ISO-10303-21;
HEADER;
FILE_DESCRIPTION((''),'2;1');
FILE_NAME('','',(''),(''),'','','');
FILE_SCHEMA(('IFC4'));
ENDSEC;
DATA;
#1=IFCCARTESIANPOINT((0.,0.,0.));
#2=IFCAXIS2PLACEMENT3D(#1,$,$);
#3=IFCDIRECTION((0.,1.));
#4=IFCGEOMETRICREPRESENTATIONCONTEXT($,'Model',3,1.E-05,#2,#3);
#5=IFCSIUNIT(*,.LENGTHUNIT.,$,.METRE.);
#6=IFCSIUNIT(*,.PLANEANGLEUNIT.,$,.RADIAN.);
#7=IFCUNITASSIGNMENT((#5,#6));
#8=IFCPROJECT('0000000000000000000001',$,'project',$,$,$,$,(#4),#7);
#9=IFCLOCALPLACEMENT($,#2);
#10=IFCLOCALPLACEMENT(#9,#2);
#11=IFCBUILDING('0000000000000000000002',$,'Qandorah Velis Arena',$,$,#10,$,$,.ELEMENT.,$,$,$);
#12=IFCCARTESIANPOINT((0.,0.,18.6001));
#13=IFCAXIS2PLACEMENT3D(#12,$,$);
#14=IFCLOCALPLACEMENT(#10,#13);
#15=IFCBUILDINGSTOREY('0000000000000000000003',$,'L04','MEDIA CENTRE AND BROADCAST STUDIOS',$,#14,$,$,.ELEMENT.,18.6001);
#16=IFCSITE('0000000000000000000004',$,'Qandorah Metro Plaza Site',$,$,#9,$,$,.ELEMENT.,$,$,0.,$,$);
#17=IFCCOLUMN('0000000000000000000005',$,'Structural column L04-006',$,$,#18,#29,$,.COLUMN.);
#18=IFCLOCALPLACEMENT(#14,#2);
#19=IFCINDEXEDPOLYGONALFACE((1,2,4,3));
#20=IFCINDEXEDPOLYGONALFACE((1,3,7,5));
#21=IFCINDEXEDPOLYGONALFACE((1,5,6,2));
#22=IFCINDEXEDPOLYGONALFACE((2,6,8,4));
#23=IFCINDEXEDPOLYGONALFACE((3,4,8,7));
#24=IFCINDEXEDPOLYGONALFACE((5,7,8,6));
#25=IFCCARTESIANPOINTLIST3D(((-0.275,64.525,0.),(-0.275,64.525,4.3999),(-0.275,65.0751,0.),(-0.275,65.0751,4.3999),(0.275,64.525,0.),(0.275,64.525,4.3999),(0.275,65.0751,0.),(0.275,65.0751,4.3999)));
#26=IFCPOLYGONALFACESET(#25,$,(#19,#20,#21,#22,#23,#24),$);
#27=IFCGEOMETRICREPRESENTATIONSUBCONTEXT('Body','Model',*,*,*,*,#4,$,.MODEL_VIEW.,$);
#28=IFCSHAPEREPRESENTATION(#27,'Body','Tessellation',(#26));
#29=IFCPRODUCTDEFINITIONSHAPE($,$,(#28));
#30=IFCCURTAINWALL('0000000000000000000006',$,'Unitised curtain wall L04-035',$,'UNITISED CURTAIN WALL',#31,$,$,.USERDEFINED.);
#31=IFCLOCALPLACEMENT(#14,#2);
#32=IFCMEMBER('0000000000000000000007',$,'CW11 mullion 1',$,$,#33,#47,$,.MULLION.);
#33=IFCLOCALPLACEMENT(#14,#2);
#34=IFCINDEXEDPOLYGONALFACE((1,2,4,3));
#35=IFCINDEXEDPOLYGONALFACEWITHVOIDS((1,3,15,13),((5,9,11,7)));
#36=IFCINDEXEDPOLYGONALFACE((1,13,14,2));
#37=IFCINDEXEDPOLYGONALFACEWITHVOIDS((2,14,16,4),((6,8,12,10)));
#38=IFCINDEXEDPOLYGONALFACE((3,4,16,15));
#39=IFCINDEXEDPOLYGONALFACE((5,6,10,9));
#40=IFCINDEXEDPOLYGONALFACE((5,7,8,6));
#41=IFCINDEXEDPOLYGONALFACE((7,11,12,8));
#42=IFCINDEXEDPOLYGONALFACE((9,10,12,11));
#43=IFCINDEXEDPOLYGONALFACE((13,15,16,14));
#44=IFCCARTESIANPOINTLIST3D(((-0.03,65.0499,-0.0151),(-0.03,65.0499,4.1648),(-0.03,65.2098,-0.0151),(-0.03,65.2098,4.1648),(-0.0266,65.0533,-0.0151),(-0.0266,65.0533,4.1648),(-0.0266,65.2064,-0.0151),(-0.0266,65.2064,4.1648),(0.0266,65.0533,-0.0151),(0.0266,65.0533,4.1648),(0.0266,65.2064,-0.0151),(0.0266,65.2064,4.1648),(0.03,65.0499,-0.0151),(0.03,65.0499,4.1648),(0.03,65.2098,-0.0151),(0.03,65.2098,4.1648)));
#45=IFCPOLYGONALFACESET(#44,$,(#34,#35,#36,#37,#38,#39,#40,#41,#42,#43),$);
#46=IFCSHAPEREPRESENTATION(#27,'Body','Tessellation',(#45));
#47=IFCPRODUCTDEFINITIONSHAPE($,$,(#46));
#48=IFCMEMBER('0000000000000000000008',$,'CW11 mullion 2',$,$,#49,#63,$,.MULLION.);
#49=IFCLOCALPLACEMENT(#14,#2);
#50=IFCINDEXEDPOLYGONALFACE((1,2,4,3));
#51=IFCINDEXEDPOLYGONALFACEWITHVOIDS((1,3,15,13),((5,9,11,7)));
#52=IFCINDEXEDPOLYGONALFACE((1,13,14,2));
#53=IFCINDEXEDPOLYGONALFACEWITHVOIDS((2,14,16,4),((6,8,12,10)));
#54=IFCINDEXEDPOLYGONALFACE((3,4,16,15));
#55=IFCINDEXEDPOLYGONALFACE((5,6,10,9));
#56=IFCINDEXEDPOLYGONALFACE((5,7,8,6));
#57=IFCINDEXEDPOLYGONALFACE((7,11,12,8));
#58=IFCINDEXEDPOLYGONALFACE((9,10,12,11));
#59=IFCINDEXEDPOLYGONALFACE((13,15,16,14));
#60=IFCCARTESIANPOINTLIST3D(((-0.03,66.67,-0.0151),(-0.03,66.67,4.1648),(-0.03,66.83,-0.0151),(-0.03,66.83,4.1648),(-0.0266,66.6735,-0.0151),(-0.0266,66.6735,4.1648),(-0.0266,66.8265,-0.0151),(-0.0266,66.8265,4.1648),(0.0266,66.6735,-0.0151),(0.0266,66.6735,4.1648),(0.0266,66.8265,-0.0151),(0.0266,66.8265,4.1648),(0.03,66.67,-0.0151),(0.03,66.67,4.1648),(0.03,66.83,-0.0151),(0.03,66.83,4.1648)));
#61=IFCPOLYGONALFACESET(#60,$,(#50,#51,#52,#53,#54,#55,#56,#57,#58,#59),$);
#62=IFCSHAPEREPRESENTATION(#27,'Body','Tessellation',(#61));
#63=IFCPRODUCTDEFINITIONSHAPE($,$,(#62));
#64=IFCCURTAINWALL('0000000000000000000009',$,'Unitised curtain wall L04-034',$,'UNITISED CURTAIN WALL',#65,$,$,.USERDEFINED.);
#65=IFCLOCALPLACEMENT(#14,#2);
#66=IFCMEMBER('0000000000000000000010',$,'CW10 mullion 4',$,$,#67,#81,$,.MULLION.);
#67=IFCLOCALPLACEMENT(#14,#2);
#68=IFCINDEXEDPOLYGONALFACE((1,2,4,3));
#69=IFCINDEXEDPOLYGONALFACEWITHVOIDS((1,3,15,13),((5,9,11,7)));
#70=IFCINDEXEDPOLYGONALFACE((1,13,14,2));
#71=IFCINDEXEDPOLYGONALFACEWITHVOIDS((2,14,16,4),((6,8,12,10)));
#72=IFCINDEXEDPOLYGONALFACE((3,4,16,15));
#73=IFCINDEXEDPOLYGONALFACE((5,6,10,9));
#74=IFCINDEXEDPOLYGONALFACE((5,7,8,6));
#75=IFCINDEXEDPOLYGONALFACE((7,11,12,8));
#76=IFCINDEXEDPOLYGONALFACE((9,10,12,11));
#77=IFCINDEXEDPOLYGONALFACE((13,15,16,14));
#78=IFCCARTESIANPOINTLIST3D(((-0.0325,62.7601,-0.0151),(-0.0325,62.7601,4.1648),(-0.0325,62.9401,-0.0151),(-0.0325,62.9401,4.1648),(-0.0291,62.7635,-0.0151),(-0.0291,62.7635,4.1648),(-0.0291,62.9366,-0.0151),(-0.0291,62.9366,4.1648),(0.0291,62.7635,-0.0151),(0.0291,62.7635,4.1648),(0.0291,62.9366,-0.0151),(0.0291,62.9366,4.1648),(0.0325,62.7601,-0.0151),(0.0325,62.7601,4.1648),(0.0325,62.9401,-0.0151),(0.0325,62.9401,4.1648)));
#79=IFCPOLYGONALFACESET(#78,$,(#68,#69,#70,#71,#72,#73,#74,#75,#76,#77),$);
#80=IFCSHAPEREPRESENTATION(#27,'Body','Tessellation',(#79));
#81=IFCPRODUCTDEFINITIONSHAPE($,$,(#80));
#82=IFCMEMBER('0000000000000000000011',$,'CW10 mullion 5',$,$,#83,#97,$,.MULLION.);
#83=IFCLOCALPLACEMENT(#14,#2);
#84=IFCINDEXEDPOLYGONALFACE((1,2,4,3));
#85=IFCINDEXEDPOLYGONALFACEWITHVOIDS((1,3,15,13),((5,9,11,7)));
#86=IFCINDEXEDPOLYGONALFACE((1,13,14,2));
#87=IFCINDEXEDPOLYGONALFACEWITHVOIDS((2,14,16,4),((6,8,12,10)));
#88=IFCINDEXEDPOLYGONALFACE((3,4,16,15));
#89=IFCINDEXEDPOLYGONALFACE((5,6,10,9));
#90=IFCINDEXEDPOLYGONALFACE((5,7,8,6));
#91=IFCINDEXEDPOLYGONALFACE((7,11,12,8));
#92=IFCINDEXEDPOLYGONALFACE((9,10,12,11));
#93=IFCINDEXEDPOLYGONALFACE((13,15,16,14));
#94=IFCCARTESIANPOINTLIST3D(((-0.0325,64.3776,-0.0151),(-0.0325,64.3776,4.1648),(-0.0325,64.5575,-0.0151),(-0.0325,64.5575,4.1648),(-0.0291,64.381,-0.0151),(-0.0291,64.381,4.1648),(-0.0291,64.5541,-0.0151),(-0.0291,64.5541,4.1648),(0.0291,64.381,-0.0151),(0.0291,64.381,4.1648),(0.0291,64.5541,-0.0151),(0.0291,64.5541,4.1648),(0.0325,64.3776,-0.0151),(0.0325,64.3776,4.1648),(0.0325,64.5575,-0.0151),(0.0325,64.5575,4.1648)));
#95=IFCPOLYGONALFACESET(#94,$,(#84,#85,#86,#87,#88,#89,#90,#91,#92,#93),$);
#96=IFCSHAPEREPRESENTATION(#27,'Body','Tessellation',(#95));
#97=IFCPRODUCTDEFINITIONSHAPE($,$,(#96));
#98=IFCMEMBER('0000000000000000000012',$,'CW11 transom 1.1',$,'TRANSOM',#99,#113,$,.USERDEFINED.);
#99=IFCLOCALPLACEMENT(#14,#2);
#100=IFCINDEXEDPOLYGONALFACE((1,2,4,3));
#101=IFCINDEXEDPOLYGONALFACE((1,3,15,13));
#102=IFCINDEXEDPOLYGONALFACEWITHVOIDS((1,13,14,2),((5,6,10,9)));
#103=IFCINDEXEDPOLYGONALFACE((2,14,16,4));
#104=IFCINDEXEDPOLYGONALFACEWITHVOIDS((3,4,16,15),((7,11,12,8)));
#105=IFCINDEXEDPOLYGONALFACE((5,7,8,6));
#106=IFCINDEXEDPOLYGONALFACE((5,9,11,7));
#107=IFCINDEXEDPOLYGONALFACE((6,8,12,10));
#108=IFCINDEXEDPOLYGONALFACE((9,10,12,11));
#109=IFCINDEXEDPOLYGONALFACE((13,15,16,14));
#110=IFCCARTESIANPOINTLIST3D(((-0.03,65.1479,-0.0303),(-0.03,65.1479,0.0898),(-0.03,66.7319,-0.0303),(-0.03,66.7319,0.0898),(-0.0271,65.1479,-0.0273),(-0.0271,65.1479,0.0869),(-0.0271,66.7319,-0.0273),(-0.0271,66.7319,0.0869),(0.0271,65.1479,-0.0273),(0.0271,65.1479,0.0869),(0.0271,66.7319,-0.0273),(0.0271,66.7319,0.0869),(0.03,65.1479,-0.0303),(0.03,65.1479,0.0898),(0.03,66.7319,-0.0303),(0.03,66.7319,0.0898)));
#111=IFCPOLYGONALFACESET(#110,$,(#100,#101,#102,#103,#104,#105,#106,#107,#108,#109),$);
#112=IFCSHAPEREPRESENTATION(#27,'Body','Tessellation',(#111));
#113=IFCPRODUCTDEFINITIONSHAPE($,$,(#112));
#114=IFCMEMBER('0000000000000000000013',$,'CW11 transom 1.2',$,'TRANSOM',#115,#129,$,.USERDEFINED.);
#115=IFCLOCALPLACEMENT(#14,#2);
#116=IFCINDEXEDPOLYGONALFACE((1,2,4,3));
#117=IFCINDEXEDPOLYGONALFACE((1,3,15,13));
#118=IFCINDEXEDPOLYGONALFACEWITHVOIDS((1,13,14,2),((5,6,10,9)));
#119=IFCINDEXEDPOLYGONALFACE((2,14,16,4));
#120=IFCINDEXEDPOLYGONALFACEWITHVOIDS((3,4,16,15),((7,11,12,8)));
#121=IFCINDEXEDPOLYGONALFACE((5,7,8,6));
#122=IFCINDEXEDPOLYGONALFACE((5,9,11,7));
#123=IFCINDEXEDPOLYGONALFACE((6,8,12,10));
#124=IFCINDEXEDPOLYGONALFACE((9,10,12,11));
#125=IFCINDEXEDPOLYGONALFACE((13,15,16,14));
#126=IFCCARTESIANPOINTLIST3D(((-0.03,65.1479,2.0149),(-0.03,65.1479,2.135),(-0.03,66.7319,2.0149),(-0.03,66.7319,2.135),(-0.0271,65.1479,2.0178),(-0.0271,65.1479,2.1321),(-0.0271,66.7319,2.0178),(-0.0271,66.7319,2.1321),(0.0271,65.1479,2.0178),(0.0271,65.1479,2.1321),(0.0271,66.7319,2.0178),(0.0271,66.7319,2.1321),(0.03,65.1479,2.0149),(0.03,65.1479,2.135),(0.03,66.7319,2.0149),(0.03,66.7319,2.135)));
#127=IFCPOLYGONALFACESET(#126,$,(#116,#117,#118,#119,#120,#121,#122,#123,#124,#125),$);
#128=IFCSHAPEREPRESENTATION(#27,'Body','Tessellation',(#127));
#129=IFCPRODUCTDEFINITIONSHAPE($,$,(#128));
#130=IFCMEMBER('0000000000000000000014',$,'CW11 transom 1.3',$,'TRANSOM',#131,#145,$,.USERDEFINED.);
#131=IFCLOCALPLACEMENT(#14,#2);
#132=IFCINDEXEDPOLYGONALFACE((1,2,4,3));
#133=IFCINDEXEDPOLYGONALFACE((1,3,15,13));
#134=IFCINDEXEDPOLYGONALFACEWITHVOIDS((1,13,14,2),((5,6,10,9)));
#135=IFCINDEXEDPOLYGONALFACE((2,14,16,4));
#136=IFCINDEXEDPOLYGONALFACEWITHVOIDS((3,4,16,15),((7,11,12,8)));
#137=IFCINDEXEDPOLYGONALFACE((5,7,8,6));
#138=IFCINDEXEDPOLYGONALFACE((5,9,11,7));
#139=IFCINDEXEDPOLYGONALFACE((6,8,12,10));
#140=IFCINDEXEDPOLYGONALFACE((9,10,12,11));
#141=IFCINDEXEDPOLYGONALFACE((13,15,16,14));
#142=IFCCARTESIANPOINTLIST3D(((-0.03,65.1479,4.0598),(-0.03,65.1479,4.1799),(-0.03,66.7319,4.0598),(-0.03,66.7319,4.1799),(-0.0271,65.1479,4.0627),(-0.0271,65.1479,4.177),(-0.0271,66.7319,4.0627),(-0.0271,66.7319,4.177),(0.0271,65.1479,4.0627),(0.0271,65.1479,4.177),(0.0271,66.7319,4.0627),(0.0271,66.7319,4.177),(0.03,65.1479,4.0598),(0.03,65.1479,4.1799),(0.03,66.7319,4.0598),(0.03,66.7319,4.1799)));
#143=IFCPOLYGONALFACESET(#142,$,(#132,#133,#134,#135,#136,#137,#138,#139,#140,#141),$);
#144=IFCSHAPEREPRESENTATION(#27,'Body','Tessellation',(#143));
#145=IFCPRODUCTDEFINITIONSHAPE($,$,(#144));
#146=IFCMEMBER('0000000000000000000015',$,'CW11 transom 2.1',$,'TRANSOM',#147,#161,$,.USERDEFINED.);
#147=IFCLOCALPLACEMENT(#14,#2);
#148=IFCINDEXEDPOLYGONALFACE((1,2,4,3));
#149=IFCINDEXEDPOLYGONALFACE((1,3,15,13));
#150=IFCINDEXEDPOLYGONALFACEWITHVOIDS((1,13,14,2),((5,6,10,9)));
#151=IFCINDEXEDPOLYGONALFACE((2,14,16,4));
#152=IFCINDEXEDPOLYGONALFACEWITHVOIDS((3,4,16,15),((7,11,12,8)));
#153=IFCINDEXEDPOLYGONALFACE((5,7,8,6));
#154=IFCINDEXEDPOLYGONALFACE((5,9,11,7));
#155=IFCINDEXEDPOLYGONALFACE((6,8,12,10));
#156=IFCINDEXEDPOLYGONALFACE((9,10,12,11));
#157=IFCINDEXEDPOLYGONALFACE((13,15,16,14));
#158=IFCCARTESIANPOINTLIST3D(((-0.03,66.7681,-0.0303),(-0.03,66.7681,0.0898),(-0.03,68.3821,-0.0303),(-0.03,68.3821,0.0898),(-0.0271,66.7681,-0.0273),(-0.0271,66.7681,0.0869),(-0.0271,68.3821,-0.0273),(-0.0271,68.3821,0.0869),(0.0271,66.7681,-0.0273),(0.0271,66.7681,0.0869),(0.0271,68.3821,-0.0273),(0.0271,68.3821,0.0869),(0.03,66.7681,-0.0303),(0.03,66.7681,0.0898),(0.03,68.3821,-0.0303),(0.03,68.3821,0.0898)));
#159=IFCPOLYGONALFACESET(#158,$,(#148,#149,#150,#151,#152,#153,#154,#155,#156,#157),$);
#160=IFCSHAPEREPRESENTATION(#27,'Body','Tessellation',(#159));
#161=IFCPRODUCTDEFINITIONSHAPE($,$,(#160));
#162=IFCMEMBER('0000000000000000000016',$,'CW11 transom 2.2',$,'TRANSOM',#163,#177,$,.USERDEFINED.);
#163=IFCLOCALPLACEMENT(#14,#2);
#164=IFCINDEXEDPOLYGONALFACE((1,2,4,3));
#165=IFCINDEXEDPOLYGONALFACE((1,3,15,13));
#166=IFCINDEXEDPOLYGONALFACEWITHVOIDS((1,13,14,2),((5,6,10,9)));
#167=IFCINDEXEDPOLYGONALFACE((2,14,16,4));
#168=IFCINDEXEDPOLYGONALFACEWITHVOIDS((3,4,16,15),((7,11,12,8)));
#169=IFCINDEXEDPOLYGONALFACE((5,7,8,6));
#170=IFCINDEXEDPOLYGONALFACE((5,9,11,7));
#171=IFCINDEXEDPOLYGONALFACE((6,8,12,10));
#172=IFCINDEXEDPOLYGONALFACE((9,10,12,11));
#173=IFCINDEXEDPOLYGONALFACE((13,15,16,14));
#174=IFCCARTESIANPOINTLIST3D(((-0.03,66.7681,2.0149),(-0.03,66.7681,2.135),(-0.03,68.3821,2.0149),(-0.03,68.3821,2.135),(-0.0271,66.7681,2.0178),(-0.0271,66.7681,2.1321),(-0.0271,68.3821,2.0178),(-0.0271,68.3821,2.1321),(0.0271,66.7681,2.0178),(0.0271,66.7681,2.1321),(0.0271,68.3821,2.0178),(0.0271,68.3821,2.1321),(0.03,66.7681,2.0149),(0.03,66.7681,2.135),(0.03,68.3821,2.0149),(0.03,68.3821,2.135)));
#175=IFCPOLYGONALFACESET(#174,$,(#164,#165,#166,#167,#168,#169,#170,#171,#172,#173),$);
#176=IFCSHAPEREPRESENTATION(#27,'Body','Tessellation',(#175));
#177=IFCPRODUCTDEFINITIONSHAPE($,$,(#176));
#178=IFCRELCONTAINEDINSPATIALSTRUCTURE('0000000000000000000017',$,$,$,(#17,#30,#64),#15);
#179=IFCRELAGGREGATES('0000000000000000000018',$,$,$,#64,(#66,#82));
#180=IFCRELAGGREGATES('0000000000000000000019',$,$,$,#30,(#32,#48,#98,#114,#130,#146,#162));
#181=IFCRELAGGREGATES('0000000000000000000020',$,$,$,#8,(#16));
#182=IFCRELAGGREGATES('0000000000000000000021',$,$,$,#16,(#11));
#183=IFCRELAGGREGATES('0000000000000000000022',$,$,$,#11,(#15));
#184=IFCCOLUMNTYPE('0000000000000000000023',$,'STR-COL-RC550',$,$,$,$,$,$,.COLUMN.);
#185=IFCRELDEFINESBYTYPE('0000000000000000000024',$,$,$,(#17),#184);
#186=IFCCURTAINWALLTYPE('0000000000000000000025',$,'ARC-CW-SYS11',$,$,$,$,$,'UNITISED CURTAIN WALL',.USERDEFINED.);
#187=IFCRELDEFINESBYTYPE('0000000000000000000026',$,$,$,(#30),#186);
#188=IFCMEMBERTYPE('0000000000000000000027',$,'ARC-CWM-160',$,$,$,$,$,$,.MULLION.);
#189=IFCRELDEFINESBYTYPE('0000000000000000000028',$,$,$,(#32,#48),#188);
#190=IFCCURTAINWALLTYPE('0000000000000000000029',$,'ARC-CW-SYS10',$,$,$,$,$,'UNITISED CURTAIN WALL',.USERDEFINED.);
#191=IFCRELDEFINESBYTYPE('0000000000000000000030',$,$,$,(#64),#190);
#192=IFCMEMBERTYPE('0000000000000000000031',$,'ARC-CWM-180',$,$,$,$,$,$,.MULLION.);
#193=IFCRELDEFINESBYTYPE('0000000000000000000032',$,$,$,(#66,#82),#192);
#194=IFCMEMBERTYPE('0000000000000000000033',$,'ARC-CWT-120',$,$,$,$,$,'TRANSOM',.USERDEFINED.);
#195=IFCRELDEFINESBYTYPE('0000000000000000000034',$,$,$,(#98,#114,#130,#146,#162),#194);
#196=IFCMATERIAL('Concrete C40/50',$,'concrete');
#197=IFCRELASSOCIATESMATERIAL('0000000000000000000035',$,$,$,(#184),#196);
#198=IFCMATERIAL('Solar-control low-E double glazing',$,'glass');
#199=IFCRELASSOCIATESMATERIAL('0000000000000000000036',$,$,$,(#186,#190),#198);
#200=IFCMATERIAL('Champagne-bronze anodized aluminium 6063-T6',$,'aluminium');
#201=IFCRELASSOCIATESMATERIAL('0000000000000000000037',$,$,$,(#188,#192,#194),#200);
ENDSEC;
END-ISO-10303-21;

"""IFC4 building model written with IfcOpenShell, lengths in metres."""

from ifc_helpers import new_model, si_unit, direction, frame, origin, origin_2d, place, context, subcontext, project, spatial, rectangle, hollow_rectangle, extrude, material, material_profile, profile_set, type_object, element, aggregate, save


model = new_model("IFC4")

# Units and contexts
model_context = context("Model", 3, precision=1e-05, world=origin(), true_north=direction((0.0, 1.0)))
body_context = subcontext(model_context, "Body", "Model", "MODEL_VIEW")
ifc_project = project(units=[si_unit("LENGTHUNIT", "METRE"), si_unit("PLANEANGLEUNIT", "RADIAN")], contexts=[model_context])

# Site, building, storey
site_placement = place(None, origin())
site = spatial("IfcSite", under=ifc_project, at=site_placement, Name="Qandorah Metro Plaza Site", CompositionType="ELEMENT", RefElevation=0.0)
building_placement = place(site_placement, origin())
building = spatial("IfcBuilding", under=site, at=building_placement, Name="Qandorah Velis Arena", CompositionType="ELEMENT")
storey_placement = place(building_placement, frame((0.0, 0.0, 18.6001)))
storey = spatial("IfcBuildingStorey", under=building, at=storey_placement, Name="L04", Description="MEDIA CENTRE AND BROADCAST STUDIOS", CompositionType="ELEMENT", Elevation=18.6001)

# Column
ifc_material_1 = material(Name="Concrete C40/50", Category="concrete")
ifc_material_profile_1 = material_profile(ifc_material_1, rectangle(XDim=0.55, YDim=0.55, at=origin_2d()), Name="RC COL 550x550")
ifc_profile_set_1 = profile_set([ifc_material_profile_1], Name="Concrete C40/50")
column_type = type_object("IfcColumnType", Name="STR-COL-RC550", PredefinedType="COLUMN", material=ifc_profile_set_1)
column_placement = place(storey_placement, frame((0.0, 64.8, 0.0), z_axis=(0.0, 0.0, 1.0), x_axis=(1.0, 0.0, 0.0)))
element("IfcColumn", 1, at=column_placement, inside=storey, type_object=column_type, Name="Structural column L04-006", PredefinedType="COLUMN", context=body_context, shape_type="SweptSolid", body=[
    extrude(rectangle(XDim=0.55, YDim=0.55, at=origin_2d()), origin(), (0.0, 0.0, 1.0), 4.3999),
])

# Curtain walls, members
ifc_material_2 = material(Name="Solar-control low-E double glazing", Category="glass")
curtain_wall_type_1 = type_object("IfcCurtainWallType", Name="ARC-CW-SYS11", ElementType="UNITISED CURTAIN WALL", PredefinedType="USERDEFINED", material=ifc_material_2)
curtain_wall_1_placement = place(storey_placement, origin())
curtain_wall_1 = element("IfcCurtainWall", 2, at=curtain_wall_1_placement, inside=storey, type_object=curtain_wall_type_1, Name="Unitised curtain wall L04-035", ObjectType="UNITISED CURTAIN WALL", PredefinedType="USERDEFINED")
ifc_material_3 = material(Name="Champagne-bronze anodized aluminium 6063-T6", Category="aluminium")
ifc_material_profile_2 = material_profile(ifc_material_3, hollow_rectangle(XDim=0.0601, YDim=0.1599, WallThickness=0.0034, at=origin_2d()), Name="ALU MULLION 60x160")
ifc_profile_set_2 = profile_set([ifc_material_profile_2], Name="Champagne-bronze anodized aluminium 6063-T6")
member_type_1 = type_object("IfcMemberType", Name="ARC-CWM-160", PredefinedType="MULLION", material=ifc_profile_set_2)
member_1_placement = place(storey_placement, frame((0.0, 65.1299, -0.0151), z_axis=(0.0, 0.0, 1.0), x_axis=(-1.0, 0.0, 0.0)))
member_1 = element("IfcMember", 3, at=member_1_placement, type_object=member_type_1, Name="CW11 mullion 1", PredefinedType="MULLION", context=body_context, shape_type="SweptSolid", body=[
    extrude(hollow_rectangle(XDim=0.0601, YDim=0.1599, WallThickness=0.0034, at=origin_2d()), origin(), (0.0, 0.0, 1.0), 4.1799),
])
member_2_placement = place(storey_placement, frame((0.0, 66.75, -0.0151), z_axis=(0.0, 0.0, 1.0), x_axis=(-1.0, 0.0, 0.0)))
member_2 = element("IfcMember", 4, at=member_2_placement, type_object=member_type_1, Name="CW11 mullion 2", PredefinedType="MULLION", context=body_context, shape_type="SweptSolid", body=[
    extrude(hollow_rectangle(XDim=0.0601, YDim=0.1599, WallThickness=0.0034, at=origin_2d()), origin(), (0.0, 0.0, 1.0), 4.1799),
])
curtain_wall_type_2 = type_object("IfcCurtainWallType", Name="ARC-CW-SYS10", ElementType="UNITISED CURTAIN WALL", PredefinedType="USERDEFINED", material=ifc_material_2)
curtain_wall_2_placement = place(storey_placement, origin())
curtain_wall_2 = element("IfcCurtainWall", 5, at=curtain_wall_2_placement, inside=storey, type_object=curtain_wall_type_2, Name="Unitised curtain wall L04-034", ObjectType="UNITISED CURTAIN WALL", PredefinedType="USERDEFINED")
ifc_material_profile_3 = material_profile(ifc_material_3, hollow_rectangle(XDim=0.0649, YDim=0.1799, WallThickness=0.0034, at=origin_2d()), Name="ALU MULLION 65x180")
ifc_profile_set_3 = profile_set([ifc_material_profile_3], Name="Champagne-bronze anodized aluminium 6063-T6")
member_type_2 = type_object("IfcMemberType", Name="ARC-CWM-180", PredefinedType="MULLION", material=ifc_profile_set_3)
member_3_placement = place(storey_placement, frame((0.0, 62.8501, -0.0151), z_axis=(0.0, 0.0, 1.0), x_axis=(-1.0, 0.0, 0.0)))
member_3 = element("IfcMember", 6, at=member_3_placement, type_object=member_type_2, Name="CW10 mullion 4", PredefinedType="MULLION", context=body_context, shape_type="SweptSolid", body=[
    extrude(hollow_rectangle(XDim=0.0649, YDim=0.1799, WallThickness=0.0034, at=origin_2d()), origin(), (0.0, 0.0, 1.0), 4.1799),
])
member_4_placement = place(storey_placement, frame((0.0, 64.4675, -0.0151), z_axis=(0.0, 0.0, 1.0), x_axis=(-1.0, 0.0, 0.0)))
member_4 = element("IfcMember", 7, at=member_4_placement, type_object=member_type_2, Name="CW10 mullion 5", PredefinedType="MULLION", context=body_context, shape_type="SweptSolid", body=[
    extrude(hollow_rectangle(XDim=0.0649, YDim=0.1799, WallThickness=0.0034, at=origin_2d()), origin(), (0.0, 0.0, 1.0), 4.1799),
])

# Members
ifc_material_profile_4 = material_profile(ifc_material_3, hollow_rectangle(XDim=0.0601, YDim=0.1201, WallThickness=0.0029, at=origin_2d()), Name="ALU TRANSOM 60x120")
ifc_profile_set_4 = profile_set([ifc_material_profile_4], Name="Champagne-bronze anodized aluminium 6063-T6")
member_type_3 = type_object("IfcMemberType", Name="ARC-CWT-120", ElementType="TRANSOM", PredefinedType="USERDEFINED", material=ifc_profile_set_4)
member_5_placement = place(storey_placement, frame((0.0, 65.1479, 0.0298), z_axis=(0.0, 1.0, 0.0), x_axis=(-1.0, 0.0, 0.0)))
member_5 = element("IfcMember", 8, at=member_5_placement, type_object=member_type_3, Name="CW11 transom 1.1", ObjectType="TRANSOM", PredefinedType="USERDEFINED", context=body_context, shape_type="SweptSolid", body=[
    extrude(hollow_rectangle(XDim=0.0601, YDim=0.1201, WallThickness=0.0029, at=origin_2d()), origin(), (0.0, 0.0, 1.0), 1.584),
])
member_6_placement = place(storey_placement, frame((0.0, 65.1479, 2.075), z_axis=(0.0, 1.0, 0.0), x_axis=(-1.0, 0.0, 0.0)))
member_6 = element("IfcMember", 9, at=member_6_placement, type_object=member_type_3, Name="CW11 transom 1.2", ObjectType="TRANSOM", PredefinedType="USERDEFINED", context=body_context, shape_type="SweptSolid", body=[
    extrude(hollow_rectangle(XDim=0.0601, YDim=0.1201, WallThickness=0.0029, at=origin_2d()), origin(), (0.0, 0.0, 1.0), 1.584),
])
member_7_placement = place(storey_placement, frame((0.0, 65.1479, 4.1199), z_axis=(0.0, 1.0, 0.0), x_axis=(-1.0, 0.0, 0.0)))
member_7 = element("IfcMember", 10, at=member_7_placement, type_object=member_type_3, Name="CW11 transom 1.3", ObjectType="TRANSOM", PredefinedType="USERDEFINED", context=body_context, shape_type="SweptSolid", body=[
    extrude(hollow_rectangle(XDim=0.0601, YDim=0.1201, WallThickness=0.0029, at=origin_2d()), origin(), (0.0, 0.0, 1.0), 1.584),
])
member_8_placement = place(storey_placement, frame((0.0, 66.7681, 0.0298), z_axis=(0.0, 1.0, 0.0), x_axis=(-1.0, 0.0, 0.0)))
member_8 = element("IfcMember", 11, at=member_8_placement, type_object=member_type_3, Name="CW11 transom 2.1", ObjectType="TRANSOM", PredefinedType="USERDEFINED", context=body_context, shape_type="SweptSolid", body=[
    extrude(hollow_rectangle(XDim=0.0601, YDim=0.1201, WallThickness=0.0029, at=origin_2d()), origin(), (0.0, 0.0, 1.0), 1.614),
])
member_9_placement = place(storey_placement, frame((0.0, 66.7681, 2.075), z_axis=(0.0, 1.0, 0.0), x_axis=(-1.0, 0.0, 0.0)))
member_9 = element("IfcMember", 12, at=member_9_placement, type_object=member_type_3, Name="CW11 transom 2.2", ObjectType="TRANSOM", PredefinedType="USERDEFINED", context=body_context, shape_type="SweptSolid", body=[
    extrude(hollow_rectangle(XDim=0.0601, YDim=0.1201, WallThickness=0.0029, at=origin_2d()), origin(), (0.0, 0.0, 1.0), 1.614),
])

aggregate(curtain_wall_2, [member_3, member_4])
aggregate(curtain_wall_1, [member_1, member_2, member_5, member_6, member_7, member_8, member_9])

save(model, "model.ifc")
